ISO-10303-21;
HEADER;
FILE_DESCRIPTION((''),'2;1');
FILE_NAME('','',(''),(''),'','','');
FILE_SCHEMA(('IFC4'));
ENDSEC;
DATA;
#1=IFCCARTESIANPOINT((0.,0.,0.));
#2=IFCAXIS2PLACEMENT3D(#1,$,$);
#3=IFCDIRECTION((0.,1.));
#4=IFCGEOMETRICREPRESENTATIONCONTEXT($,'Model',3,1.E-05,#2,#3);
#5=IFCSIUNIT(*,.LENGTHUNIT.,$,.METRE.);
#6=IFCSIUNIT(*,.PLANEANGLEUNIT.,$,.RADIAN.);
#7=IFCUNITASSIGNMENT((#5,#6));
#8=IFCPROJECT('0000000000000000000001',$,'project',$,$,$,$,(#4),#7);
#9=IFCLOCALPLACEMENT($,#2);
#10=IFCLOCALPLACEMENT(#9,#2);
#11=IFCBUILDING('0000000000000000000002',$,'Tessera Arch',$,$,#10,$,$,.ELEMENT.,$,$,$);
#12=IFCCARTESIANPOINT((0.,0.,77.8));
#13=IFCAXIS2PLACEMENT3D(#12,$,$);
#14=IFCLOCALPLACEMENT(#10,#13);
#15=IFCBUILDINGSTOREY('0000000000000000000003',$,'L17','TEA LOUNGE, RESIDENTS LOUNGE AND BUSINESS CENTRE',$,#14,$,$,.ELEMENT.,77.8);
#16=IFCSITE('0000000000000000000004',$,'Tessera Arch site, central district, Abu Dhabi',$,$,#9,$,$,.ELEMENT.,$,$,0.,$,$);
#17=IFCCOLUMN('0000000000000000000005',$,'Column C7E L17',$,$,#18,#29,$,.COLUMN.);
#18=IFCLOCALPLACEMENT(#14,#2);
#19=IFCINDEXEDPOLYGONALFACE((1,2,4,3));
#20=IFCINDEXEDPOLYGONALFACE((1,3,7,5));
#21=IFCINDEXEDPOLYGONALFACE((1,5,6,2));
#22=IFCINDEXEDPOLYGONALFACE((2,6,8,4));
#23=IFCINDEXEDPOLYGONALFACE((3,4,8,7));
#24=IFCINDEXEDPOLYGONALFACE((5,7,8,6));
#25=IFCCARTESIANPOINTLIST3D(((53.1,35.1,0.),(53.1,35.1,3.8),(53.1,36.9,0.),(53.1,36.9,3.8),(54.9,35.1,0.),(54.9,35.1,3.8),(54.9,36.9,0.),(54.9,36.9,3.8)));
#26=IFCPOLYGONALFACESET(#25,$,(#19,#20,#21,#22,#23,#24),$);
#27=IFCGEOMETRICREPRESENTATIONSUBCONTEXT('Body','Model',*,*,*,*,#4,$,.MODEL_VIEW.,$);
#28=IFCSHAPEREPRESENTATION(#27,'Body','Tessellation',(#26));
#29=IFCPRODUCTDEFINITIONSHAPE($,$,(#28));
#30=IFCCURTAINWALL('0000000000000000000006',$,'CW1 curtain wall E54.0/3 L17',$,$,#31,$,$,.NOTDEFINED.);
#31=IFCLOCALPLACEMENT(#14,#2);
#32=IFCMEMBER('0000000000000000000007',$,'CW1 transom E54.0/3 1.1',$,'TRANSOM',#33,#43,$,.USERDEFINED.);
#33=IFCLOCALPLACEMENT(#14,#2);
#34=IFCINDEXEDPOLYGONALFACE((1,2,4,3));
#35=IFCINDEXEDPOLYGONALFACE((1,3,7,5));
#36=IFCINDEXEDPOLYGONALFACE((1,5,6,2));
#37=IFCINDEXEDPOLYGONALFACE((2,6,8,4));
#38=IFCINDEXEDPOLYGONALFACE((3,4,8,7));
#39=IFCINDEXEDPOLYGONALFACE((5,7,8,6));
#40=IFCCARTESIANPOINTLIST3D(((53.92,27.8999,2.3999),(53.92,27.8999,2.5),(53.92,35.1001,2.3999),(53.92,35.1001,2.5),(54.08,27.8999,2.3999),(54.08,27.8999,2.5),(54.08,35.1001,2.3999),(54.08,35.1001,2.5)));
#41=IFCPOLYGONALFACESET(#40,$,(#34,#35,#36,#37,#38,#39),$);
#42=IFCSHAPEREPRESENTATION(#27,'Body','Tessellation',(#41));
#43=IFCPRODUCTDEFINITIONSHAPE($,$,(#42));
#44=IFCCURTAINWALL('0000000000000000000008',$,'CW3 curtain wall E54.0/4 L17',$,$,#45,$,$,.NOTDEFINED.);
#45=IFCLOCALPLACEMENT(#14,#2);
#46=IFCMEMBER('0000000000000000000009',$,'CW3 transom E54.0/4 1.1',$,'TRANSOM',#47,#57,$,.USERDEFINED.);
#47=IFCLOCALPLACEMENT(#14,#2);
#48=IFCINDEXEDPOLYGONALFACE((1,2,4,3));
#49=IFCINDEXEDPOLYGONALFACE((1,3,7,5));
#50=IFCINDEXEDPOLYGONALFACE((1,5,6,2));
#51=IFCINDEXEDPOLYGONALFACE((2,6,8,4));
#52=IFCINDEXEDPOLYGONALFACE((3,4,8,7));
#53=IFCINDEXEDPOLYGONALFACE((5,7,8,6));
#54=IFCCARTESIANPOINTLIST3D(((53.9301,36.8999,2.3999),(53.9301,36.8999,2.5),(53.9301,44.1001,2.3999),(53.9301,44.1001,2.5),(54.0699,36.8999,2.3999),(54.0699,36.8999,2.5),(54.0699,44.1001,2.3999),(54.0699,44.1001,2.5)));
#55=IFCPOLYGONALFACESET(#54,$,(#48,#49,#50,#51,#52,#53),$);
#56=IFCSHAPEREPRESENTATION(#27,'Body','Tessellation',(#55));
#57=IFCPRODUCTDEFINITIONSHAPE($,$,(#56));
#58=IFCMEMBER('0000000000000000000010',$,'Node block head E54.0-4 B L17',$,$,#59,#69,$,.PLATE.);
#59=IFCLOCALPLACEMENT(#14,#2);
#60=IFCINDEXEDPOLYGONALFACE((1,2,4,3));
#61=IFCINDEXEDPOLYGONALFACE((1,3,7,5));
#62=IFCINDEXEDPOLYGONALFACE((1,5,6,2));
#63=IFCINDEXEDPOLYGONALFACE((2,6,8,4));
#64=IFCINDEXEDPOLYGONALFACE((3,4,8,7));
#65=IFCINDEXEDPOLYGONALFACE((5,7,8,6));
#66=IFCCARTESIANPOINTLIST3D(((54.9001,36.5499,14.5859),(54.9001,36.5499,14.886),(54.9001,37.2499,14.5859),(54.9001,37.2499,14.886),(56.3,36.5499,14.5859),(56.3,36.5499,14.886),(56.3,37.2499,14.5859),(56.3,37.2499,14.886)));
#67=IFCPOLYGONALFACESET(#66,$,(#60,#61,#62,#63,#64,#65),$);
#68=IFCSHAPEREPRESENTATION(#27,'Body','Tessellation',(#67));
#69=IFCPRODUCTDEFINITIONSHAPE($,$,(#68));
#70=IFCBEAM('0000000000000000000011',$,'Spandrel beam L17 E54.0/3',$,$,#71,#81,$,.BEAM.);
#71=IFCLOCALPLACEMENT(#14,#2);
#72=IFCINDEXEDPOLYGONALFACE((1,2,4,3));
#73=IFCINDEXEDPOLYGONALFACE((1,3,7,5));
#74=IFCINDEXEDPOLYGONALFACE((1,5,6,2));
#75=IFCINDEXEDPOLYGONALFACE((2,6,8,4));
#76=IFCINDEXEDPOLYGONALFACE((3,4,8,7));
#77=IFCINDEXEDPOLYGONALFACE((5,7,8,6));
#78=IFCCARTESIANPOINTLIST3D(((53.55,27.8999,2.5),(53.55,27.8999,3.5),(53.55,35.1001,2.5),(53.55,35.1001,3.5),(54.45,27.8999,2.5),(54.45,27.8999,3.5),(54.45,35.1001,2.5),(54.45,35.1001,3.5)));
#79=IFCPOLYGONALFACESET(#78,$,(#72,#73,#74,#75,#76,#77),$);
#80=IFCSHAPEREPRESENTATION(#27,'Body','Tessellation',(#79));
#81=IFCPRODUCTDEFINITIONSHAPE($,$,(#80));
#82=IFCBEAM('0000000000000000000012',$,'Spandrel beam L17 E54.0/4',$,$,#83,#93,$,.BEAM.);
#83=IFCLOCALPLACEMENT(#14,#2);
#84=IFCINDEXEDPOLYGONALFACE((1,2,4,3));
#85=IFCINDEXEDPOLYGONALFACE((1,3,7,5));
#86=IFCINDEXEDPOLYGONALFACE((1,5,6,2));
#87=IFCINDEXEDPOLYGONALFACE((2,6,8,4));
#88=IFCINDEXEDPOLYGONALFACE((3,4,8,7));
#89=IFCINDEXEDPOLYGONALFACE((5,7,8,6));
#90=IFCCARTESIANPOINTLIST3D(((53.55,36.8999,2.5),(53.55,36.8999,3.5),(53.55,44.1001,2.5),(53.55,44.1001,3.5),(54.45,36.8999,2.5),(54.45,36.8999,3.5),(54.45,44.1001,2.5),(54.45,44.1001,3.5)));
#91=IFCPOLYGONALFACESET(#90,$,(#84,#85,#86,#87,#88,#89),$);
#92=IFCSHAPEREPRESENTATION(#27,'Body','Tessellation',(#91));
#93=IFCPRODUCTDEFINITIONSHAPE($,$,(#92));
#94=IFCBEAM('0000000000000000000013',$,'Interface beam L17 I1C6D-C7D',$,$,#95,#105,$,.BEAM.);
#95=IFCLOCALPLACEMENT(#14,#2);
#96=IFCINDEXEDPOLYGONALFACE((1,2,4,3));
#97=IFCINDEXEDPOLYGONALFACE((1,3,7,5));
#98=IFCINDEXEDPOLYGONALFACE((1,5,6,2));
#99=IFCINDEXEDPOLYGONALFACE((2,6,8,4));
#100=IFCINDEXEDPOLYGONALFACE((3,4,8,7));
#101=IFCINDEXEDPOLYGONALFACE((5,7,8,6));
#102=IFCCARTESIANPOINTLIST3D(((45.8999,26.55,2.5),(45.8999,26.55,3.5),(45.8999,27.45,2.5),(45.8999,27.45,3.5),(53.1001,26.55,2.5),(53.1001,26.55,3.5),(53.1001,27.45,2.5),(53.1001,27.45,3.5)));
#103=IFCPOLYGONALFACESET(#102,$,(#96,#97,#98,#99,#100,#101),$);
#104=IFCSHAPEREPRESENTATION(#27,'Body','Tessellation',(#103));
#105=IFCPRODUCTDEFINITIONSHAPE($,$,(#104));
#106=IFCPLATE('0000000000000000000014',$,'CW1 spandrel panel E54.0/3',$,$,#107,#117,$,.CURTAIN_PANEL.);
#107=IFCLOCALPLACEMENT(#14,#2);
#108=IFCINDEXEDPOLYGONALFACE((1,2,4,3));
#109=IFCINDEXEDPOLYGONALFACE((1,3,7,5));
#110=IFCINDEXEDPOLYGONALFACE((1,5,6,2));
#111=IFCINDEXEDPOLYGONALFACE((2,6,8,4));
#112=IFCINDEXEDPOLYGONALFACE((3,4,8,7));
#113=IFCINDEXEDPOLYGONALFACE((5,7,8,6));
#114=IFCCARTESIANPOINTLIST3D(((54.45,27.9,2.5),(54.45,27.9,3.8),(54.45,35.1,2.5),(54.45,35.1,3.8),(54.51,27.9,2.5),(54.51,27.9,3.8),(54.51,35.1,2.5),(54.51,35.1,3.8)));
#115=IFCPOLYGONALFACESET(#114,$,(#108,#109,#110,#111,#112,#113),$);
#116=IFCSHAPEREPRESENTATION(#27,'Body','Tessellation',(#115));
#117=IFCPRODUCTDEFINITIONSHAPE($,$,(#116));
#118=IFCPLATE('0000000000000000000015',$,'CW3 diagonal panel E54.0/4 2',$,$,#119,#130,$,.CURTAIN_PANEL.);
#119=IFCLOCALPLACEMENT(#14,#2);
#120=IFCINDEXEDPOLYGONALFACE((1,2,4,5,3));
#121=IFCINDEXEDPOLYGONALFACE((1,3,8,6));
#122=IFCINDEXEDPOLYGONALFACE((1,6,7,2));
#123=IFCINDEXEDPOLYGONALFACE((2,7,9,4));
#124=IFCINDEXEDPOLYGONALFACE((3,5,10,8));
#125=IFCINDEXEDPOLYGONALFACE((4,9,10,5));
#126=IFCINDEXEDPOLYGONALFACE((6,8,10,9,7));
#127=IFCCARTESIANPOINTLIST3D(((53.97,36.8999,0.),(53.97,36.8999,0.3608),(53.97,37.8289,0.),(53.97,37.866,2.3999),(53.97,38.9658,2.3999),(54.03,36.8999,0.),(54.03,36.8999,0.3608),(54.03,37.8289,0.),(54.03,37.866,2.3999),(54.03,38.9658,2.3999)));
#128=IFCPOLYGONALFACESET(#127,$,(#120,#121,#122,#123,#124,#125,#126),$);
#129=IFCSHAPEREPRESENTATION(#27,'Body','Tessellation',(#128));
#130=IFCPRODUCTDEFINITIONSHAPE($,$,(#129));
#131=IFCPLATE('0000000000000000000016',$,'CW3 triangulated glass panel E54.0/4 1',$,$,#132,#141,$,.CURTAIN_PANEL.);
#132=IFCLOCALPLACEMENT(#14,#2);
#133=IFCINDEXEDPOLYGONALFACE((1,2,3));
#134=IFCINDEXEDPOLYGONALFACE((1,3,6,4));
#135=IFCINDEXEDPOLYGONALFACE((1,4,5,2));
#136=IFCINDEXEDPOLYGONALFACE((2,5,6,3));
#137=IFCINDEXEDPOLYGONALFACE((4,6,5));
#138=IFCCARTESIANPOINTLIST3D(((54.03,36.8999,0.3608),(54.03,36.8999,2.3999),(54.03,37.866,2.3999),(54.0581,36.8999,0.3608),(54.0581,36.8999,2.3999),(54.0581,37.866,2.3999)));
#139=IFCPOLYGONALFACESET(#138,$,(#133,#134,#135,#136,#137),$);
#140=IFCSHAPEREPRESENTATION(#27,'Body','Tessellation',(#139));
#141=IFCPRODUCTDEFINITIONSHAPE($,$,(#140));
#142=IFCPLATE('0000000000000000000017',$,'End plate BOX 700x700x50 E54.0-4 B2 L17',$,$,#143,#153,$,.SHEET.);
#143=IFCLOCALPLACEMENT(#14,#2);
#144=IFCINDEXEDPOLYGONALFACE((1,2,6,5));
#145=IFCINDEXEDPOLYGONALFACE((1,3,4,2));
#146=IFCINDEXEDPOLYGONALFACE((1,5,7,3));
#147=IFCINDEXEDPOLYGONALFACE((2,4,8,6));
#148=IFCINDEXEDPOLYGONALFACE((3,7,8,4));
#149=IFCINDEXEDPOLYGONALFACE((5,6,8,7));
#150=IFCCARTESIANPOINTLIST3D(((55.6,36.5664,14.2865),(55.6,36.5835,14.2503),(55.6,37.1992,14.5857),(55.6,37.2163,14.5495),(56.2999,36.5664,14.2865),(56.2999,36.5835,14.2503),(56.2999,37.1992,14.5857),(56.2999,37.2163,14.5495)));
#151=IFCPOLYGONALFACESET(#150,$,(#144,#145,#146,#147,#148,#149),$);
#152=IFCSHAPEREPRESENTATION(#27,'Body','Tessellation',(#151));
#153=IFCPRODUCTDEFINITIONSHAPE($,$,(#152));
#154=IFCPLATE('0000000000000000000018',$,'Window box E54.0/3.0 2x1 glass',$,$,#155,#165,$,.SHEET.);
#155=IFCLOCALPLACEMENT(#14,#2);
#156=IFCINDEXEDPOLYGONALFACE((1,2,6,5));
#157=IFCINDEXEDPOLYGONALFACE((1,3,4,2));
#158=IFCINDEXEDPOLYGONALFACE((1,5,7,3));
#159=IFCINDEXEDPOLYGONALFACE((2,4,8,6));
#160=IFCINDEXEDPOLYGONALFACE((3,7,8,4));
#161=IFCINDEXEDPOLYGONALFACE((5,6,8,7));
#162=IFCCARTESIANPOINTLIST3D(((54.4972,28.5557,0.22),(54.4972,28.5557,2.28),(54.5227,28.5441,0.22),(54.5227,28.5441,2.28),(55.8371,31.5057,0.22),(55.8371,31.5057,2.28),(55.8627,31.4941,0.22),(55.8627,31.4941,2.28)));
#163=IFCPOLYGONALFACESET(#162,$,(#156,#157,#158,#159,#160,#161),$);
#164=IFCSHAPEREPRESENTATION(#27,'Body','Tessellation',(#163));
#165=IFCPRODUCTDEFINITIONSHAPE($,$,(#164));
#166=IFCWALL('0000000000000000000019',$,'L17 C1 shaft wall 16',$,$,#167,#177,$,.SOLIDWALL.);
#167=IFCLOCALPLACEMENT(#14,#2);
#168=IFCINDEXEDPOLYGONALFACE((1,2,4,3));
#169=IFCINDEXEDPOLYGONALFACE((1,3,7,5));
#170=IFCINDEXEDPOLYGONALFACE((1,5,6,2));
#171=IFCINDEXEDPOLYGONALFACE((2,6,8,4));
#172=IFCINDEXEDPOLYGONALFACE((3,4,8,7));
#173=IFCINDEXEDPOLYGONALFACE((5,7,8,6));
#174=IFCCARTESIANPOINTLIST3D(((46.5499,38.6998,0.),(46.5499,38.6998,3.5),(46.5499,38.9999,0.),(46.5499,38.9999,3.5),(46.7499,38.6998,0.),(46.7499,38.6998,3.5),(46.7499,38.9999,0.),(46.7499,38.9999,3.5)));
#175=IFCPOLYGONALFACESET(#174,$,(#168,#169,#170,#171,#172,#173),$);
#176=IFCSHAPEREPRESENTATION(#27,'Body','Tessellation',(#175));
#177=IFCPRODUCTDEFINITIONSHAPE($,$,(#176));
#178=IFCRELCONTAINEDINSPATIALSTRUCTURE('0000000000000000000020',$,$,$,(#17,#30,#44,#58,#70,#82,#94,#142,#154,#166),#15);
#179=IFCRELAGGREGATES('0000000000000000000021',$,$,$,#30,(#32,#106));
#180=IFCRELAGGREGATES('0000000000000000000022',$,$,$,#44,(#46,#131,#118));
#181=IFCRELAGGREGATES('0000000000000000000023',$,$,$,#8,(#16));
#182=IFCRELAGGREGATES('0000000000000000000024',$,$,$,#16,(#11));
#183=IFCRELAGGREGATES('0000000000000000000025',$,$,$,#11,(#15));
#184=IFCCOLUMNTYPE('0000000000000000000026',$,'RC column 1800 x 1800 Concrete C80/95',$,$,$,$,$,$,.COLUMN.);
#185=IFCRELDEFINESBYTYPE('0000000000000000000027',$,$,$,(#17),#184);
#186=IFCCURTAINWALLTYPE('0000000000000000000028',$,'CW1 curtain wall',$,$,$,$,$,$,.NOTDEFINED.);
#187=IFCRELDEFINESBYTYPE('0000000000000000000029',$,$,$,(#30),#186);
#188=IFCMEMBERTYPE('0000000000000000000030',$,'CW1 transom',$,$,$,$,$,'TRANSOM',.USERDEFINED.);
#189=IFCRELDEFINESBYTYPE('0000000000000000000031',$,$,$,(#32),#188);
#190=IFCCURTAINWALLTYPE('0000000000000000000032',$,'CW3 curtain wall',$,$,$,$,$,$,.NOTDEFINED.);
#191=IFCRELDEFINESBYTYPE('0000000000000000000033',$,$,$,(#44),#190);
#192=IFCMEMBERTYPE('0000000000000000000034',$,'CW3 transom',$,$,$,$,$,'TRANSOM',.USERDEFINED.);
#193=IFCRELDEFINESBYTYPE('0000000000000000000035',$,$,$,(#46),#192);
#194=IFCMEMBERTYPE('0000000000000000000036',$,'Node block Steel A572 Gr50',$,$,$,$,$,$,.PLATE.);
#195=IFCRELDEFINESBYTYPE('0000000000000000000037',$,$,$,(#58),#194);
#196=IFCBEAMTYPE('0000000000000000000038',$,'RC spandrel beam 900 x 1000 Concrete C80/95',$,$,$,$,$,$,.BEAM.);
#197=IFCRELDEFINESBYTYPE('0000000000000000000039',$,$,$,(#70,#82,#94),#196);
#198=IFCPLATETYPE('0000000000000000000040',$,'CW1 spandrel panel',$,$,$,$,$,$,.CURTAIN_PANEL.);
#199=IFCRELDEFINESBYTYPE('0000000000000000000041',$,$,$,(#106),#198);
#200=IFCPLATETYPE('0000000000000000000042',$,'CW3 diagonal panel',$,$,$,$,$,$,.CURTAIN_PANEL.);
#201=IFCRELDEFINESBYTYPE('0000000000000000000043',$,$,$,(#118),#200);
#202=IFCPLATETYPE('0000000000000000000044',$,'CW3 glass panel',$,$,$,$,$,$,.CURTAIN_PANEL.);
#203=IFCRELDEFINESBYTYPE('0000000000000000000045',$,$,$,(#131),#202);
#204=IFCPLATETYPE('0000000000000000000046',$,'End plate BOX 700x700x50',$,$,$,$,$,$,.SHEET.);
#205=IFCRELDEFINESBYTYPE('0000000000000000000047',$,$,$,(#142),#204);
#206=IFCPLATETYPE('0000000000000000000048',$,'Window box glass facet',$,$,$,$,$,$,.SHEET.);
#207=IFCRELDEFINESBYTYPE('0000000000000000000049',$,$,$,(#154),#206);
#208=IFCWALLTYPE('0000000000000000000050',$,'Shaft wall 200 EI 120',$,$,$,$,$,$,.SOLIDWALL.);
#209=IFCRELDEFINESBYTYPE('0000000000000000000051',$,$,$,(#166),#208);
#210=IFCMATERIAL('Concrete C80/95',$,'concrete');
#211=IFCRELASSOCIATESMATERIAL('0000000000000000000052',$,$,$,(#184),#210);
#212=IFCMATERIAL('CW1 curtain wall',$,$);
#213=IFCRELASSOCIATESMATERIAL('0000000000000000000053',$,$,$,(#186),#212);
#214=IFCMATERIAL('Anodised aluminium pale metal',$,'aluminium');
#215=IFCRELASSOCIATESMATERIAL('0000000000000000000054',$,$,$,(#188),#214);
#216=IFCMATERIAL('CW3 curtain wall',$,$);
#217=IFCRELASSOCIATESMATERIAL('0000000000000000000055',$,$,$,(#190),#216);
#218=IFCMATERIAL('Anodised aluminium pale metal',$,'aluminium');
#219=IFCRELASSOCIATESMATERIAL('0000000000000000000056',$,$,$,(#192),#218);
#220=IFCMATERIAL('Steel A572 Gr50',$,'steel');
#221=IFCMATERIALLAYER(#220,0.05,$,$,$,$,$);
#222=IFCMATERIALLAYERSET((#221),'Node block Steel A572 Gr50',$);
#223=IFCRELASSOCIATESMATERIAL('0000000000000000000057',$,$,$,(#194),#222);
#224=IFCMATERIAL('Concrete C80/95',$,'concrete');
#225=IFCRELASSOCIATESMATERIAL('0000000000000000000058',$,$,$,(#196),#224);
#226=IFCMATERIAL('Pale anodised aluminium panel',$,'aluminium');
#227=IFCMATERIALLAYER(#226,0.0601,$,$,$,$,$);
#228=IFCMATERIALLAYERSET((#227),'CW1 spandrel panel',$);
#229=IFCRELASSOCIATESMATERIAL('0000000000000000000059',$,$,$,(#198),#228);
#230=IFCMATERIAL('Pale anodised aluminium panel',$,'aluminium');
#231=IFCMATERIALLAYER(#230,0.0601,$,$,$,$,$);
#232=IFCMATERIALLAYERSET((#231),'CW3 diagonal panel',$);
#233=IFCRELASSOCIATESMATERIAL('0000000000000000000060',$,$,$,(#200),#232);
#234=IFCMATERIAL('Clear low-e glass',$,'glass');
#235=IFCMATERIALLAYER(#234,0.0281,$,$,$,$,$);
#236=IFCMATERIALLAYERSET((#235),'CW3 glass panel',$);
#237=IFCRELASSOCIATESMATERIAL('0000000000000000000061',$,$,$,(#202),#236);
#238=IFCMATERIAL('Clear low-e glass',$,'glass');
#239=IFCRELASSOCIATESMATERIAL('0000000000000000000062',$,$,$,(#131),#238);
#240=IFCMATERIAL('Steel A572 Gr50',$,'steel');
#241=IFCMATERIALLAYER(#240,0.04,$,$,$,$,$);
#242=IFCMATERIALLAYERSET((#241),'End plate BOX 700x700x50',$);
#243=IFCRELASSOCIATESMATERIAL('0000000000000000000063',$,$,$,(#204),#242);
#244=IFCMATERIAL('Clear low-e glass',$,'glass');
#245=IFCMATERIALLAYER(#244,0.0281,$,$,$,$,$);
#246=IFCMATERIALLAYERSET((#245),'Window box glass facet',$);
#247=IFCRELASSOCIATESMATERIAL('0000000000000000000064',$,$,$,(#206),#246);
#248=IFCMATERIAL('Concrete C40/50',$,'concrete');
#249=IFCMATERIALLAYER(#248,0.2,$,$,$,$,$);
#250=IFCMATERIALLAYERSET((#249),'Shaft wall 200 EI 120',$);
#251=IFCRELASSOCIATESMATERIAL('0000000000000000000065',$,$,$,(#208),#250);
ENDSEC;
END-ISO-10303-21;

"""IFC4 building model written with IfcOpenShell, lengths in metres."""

from ifc_helpers import new_model, si_unit, direction, frame, frame_2d, origin, origin_2d, place, context, subcontext, project, spatial, polyline, rectangle, outline, extrude, material, layer, layer_set, material_profile, profile_set, type_object, element, aggregate, save


model = new_model("IFC4")

# Units and contexts
model_context = context("Model", 3, precision=1e-05, world=origin(), true_north=direction((0.0, 1.0)))
body_context = subcontext(model_context, "Body", "Model", "MODEL_VIEW")
ifc_project = project(units=[si_unit("LENGTHUNIT", "METRE"), si_unit("PLANEANGLEUNIT", "RADIAN")], contexts=[model_context])

# Site, building, storey
site_placement = place(None, origin())
site = spatial("IfcSite", under=ifc_project, at=site_placement, Name="Tessera Arch site, central district, Abu Dhabi", CompositionType="ELEMENT", RefElevation=0.0)
building_placement = place(site_placement, origin())
building = spatial("IfcBuilding", under=site, at=building_placement, Name="Tessera Arch", CompositionType="ELEMENT")
storey_placement = place(building_placement, frame((0.0, 0.0, 77.8)))
storey = spatial("IfcBuildingStorey", under=building, at=storey_placement, Name="L17", Description="TEA LOUNGE, RESIDENTS LOUNGE AND BUSINESS CENTRE", CompositionType="ELEMENT", Elevation=77.8)

# Column
ifc_material_1 = material(Name="Concrete C80/95", Category="concrete")
ifc_material_profile_1 = material_profile(ifc_material_1, rectangle(XDim=1.8, YDim=1.8, at=origin_2d()), Name="RC column 1800 x 1800 Concrete C80/95")
ifc_profile_set_1 = profile_set([ifc_material_profile_1], Name="Concrete C80/95")
column_type = type_object("IfcColumnType", Name="RC column 1800 x 1800 Concrete C80/95", PredefinedType="COLUMN", material=ifc_profile_set_1)
column_placement = place(storey_placement, frame((54.0, 36.0, 0.0), z_axis=(0.0, 0.0, 1.0), x_axis=(1.0, 0.0, 0.0)))
element("IfcColumn", 1, at=column_placement, inside=storey, type_object=column_type, Name="Column C7E L17", PredefinedType="COLUMN", context=body_context, shape_type="SweptSolid", body=[
    extrude(rectangle(XDim=1.8, YDim=1.8, at=origin_2d()), origin(), (0.0, 0.0, 1.0), 3.8),
])

# Curtain walls, members
ifc_material_2 = material(Name="CW1 curtain wall")
curtain_wall_type_1 = type_object("IfcCurtainWallType", Name="CW1 curtain wall", PredefinedType="NOTDEFINED", material=ifc_material_2)
curtain_wall_1_placement = place(storey_placement, origin())
curtain_wall_1 = element("IfcCurtainWall", 2, at=curtain_wall_1_placement, inside=storey, type_object=curtain_wall_type_1, Name="CW1 curtain wall E54.0/3 L17", PredefinedType="NOTDEFINED")
ifc_material_3 = material(Name="Anodised aluminium pale metal", Category="aluminium")
ifc_material_profile_2 = material_profile(ifc_material_3, rectangle(XDim=0.1599, YDim=0.1001, at=origin_2d()), Name="AL 160x100")
ifc_profile_set_2 = profile_set([ifc_material_profile_2], Name="Anodised aluminium pale metal")
member_type_1 = type_object("IfcMemberType", Name="CW1 transom", ElementType="TRANSOM", PredefinedType="USERDEFINED", material=ifc_profile_set_2)
member_1_placement = place(storey_placement, frame((54.0, 27.8999, 2.45), z_axis=(0.0, 1.0, 0.0), x_axis=(-1.0, 0.0, 0.0)))
member_1 = element("IfcMember", 3, at=member_1_placement, type_object=member_type_1, Name="CW1 transom E54.0/3 1.1", ObjectType="TRANSOM", PredefinedType="USERDEFINED", context=body_context, shape_type="SweptSolid", body=[
    extrude(rectangle(XDim=0.1599, YDim=0.1001, at=origin_2d()), origin(), (0.0, 0.0, 1.0), 7.2002),
])
ifc_material_4 = material(Name="CW3 curtain wall")
curtain_wall_type_2 = type_object("IfcCurtainWallType", Name="CW3 curtain wall", PredefinedType="NOTDEFINED", material=ifc_material_4)
curtain_wall_2_placement = place(storey_placement, origin())
curtain_wall_2 = element("IfcCurtainWall", 4, at=curtain_wall_2_placement, inside=storey, type_object=curtain_wall_type_2, Name="CW3 curtain wall E54.0/4 L17", PredefinedType="NOTDEFINED")
ifc_material_5 = material(Name="Anodised aluminium pale metal", Category="aluminium")
ifc_material_profile_3 = material_profile(ifc_material_5, rectangle(XDim=0.1399, YDim=0.1001, at=origin_2d()), Name="AL 140x100")
ifc_profile_set_3 = profile_set([ifc_material_profile_3], Name="Anodised aluminium pale metal")
member_type_2 = type_object("IfcMemberType", Name="CW3 transom", ElementType="TRANSOM", PredefinedType="USERDEFINED", material=ifc_profile_set_3)
member_2_placement = place(storey_placement, frame((54.0, 36.8999, 2.45), z_axis=(0.0, 1.0, 0.0), x_axis=(-1.0, 0.0, 0.0)))
member_2 = element("IfcMember", 5, at=member_2_placement, type_object=member_type_2, Name="CW3 transom E54.0/4 1.1", ObjectType="TRANSOM", PredefinedType="USERDEFINED", context=body_context, shape_type="SweptSolid", body=[
    extrude(rectangle(XDim=0.1399, YDim=0.1001, at=origin_2d()), origin(), (0.0, 0.0, 1.0), 7.2002),
])

# Member
ifc_material_6 = material(Name="Steel A572 Gr50", Category="steel")
ifc_layer_1 = layer(ifc_material_6, 0.05)
ifc_layer_set_1 = layer_set([ifc_layer_1], Name="Node block Steel A572 Gr50")
member_type_3 = type_object("IfcMemberType", Name="Node block Steel A572 Gr50", PredefinedType="PLATE", material=ifc_layer_set_1)
member_3_placement = place(storey_placement, frame((55.6001, 36.8999, 14.5859), z_axis=(0.0, 0.0, 1.0), x_axis=(0.0, 1.0, 0.0)))
element("IfcMember", 6, at=member_3_placement, inside=storey, type_object=member_type_3, Name="Node block head E54.0-4 B L17", PredefinedType="PLATE", context=body_context, shape_type="SweptSolid", body=[
    extrude(rectangle(XDim=0.7, YDim=1.3999, at=origin_2d()), origin(), (0.0, 0.0, 1.0), 0.3),
])

# Beams
ifc_material_7 = material(Name="Concrete C80/95", Category="concrete")
ifc_material_profile_4 = material_profile(ifc_material_7, rectangle(XDim=0.8999, YDim=1.0, at=origin_2d()), Name="RC spandrel beam 900 x 1000 Concrete C80/95")
ifc_profile_set_4 = profile_set([ifc_material_profile_4], Name="Concrete C80/95")
beam_type = type_object("IfcBeamType", Name="RC spandrel beam 900 x 1000 Concrete C80/95", PredefinedType="BEAM", material=ifc_profile_set_4)
for number, where, z_axis, x_axis, name in (
    (7, (54.0, 27.8999, 3.0), (0.0, 1.0, 0.0), (-1.0, 0.0, 0.0), "Spandrel beam L17 E54.0/3"),
    (8, (54.0, 36.8999, 3.0), (0.0, 1.0, 0.0), (-1.0, 0.0, 0.0), "Spandrel beam L17 E54.0/4"),
    (9, (45.8999, 27.0, 3.0), (1.0, 0.0, 0.0), (0.0, 1.0, 0.0), "Interface beam L17 I1C6D-C7D"),
):
    element("IfcBeam", number, at=place(storey_placement, frame(where, z_axis=z_axis, x_axis=x_axis)), inside=storey, type_object=beam_type, Name=name, PredefinedType="BEAM", context=body_context, shape_type="SweptSolid", body=[
        extrude(rectangle(XDim=0.8999, YDim=1.0, at=origin_2d()), origin(), (0.0, 0.0, 1.0), 7.2002),
    ])

# Plates
ifc_material_8 = material(Name="Pale anodised aluminium panel", Category="aluminium")
ifc_layer_2 = layer(ifc_material_8, 0.0601)
ifc_layer_set_2 = layer_set([ifc_layer_2], Name="CW1 spandrel panel")
plate_type_1 = type_object("IfcPlateType", Name="CW1 spandrel panel", PredefinedType="CURTAIN_PANEL", material=ifc_layer_set_2)
plate_1_placement = place(storey_placement, frame((54.48, 31.5, 2.5), z_axis=(0.0, 0.0, 1.0), x_axis=(0.0, 1.0, 0.0)))
plate_1 = element("IfcPlate", 10, at=plate_1_placement, type_object=plate_type_1, Name="CW1 spandrel panel E54.0/3", PredefinedType="CURTAIN_PANEL", context=body_context, shape_type="SweptSolid", body=[
    extrude(rectangle(XDim=7.2, YDim=0.0601, at=origin_2d()), origin(), (0.0, 0.0, 1.0), 1.3),
])
aggregate(curtain_wall_1, [member_1, plate_1])
ifc_material_9 = material(Name="Pale anodised aluminium panel", Category="aluminium")
ifc_layer_3 = layer(ifc_material_9, 0.0601)
ifc_layer_set_3 = layer_set([ifc_layer_3], Name="CW3 diagonal panel")
plate_type_2 = type_object("IfcPlateType", Name="CW3 diagonal panel", PredefinedType="CURTAIN_PANEL", material=ifc_layer_set_3)
plate_2_placement = place(storey_placement, frame((54.03, 38.9658, 2.3999), z_axis=(1.0, 0.0, 0.0), x_axis=(0.0, -1.0, 0.0)))
plate_2 = element("IfcPlate", 11, at=plate_2_placement, type_object=plate_type_2, Name="CW3 diagonal panel E54.0/4 2", PredefinedType="CURTAIN_PANEL", context=body_context, shape_type="SweptSolid", body=[
    extrude(outline(polyline([(0.0, 0.0), (1.0999, 0.0), (2.0659, 2.0391), (2.0659, 2.3999), (1.137, 2.3999), (0.0, 0.0)])), origin(), (0.0, 0.0, -1.0), 0.0601),
])
ifc_material_10 = material(Name="Clear low-e glass", Category="glass")
ifc_material_11 = material(Name="Clear low-e glass", Category="glass")
ifc_layer_4 = layer(ifc_material_11, 0.0281)
ifc_layer_set_4 = layer_set([ifc_layer_4], Name="CW3 glass panel")
plate_type_3 = type_object("IfcPlateType", Name="CW3 glass panel", PredefinedType="CURTAIN_PANEL", material=ifc_layer_set_4)
plate_3_placement = place(storey_placement, frame((54.0581, 36.8999, 2.3999), z_axis=(1.0, 0.0, 0.0), x_axis=(0.0, 0.0, -1.0)))
plate_3 = element("IfcPlate", 12, at=plate_3_placement, type_object=plate_type_3, material=ifc_material_10, Name="CW3 triangulated glass panel E54.0/4 1", PredefinedType="CURTAIN_PANEL", context=body_context, shape_type="SweptSolid", body=[
    extrude(outline(polyline([(0.0, 0.0), (2.0391, 0.0), (0.0, 0.9661), (0.0, 0.0)])), origin(), (0.0, 0.0, -1.0), 0.0281),
])
aggregate(curtain_wall_2, [member_2, plate_3, plate_2])

# Plates
ifc_material_12 = material(Name="Steel A572 Gr50", Category="steel")
ifc_layer_5 = layer(ifc_material_12, 0.04)
ifc_layer_set_5 = layer_set([ifc_layer_5], Name="End plate BOX 700x700x50")
plate_type_4 = type_object("IfcPlateType", Name="End plate BOX 700x700x50", PredefinedType="SHEET", material=ifc_layer_set_5)
plate_4_placement = place(storey_placement, frame((55.95, 36.8999, 14.3999), z_axis=(0.0, -0.427561, 0.903986), x_axis=(1.0, 0.0, 0.0)))
element("IfcPlate", 13, at=plate_4_placement, inside=storey, type_object=plate_type_4, Name="End plate BOX 700x700x50 E54.0-4 B2 L17", PredefinedType="SHEET", context=body_context, shape_type="SweptSolid", body=[
    extrude(rectangle(XDim=0.7, YDim=0.7, at=origin_2d()), origin(), (0.0, 0.0, 1.0), 0.04),
])
ifc_material_13 = material(Name="Clear low-e glass", Category="glass")
ifc_layer_6 = layer(ifc_material_13, 0.0281)
ifc_layer_set_6 = layer_set([ifc_layer_6], Name="Window box glass facet")
plate_type_5 = type_object("IfcPlateType", Name="Window box glass facet", PredefinedType="SHEET", material=ifc_layer_set_6)
plate_5_placement = place(storey_placement, frame((55.1799, 30.0249, 0.22), z_axis=(0.0, 0.0, 1.0), x_axis=(0.41357, 0.910472, 0.0)))
element("IfcPlate", 14, at=plate_5_placement, inside=storey, type_object=plate_type_5, Name="Window box E54.0/3.0 2x1 glass", PredefinedType="SHEET", context=body_context, shape_type="SweptSolid", body=[
    extrude(rectangle(XDim=3.24, YDim=0.0281, at=origin_2d()), origin(), (0.0, 0.0, 1.0), 2.0601),
])

# Wall
ifc_material_14 = material(Name="Concrete C40/50", Category="concrete")
ifc_layer_7 = layer(ifc_material_14, 0.2)
ifc_layer_set_7 = layer_set([ifc_layer_7], Name="Shaft wall 200 EI 120")
wall_type_1 = type_object("IfcWallType", Name="Shaft wall 200 EI 120", PredefinedType="SOLIDWALL", material=ifc_layer_set_7)
wall_1_placement = place(storey_placement, frame((46.6499, 38.7, 0.0), z_axis=(0.0, 0.0, 1.0), x_axis=(0.0, 1.0, 0.0)))
element("IfcWall", 15, at=wall_1_placement, inside=storey, type_object=wall_type_1, Name="L17 C1 shaft wall 16", PredefinedType="SOLIDWALL", context=body_context, shape_type="SweptSolid", body=[
    extrude(rectangle(XDim=0.3, YDim=0.2, at=frame_2d((0.1499, 0.0))), origin(), (0.0, 0.0, 1.0), 3.5),
])

save(model, "model.ifc")
